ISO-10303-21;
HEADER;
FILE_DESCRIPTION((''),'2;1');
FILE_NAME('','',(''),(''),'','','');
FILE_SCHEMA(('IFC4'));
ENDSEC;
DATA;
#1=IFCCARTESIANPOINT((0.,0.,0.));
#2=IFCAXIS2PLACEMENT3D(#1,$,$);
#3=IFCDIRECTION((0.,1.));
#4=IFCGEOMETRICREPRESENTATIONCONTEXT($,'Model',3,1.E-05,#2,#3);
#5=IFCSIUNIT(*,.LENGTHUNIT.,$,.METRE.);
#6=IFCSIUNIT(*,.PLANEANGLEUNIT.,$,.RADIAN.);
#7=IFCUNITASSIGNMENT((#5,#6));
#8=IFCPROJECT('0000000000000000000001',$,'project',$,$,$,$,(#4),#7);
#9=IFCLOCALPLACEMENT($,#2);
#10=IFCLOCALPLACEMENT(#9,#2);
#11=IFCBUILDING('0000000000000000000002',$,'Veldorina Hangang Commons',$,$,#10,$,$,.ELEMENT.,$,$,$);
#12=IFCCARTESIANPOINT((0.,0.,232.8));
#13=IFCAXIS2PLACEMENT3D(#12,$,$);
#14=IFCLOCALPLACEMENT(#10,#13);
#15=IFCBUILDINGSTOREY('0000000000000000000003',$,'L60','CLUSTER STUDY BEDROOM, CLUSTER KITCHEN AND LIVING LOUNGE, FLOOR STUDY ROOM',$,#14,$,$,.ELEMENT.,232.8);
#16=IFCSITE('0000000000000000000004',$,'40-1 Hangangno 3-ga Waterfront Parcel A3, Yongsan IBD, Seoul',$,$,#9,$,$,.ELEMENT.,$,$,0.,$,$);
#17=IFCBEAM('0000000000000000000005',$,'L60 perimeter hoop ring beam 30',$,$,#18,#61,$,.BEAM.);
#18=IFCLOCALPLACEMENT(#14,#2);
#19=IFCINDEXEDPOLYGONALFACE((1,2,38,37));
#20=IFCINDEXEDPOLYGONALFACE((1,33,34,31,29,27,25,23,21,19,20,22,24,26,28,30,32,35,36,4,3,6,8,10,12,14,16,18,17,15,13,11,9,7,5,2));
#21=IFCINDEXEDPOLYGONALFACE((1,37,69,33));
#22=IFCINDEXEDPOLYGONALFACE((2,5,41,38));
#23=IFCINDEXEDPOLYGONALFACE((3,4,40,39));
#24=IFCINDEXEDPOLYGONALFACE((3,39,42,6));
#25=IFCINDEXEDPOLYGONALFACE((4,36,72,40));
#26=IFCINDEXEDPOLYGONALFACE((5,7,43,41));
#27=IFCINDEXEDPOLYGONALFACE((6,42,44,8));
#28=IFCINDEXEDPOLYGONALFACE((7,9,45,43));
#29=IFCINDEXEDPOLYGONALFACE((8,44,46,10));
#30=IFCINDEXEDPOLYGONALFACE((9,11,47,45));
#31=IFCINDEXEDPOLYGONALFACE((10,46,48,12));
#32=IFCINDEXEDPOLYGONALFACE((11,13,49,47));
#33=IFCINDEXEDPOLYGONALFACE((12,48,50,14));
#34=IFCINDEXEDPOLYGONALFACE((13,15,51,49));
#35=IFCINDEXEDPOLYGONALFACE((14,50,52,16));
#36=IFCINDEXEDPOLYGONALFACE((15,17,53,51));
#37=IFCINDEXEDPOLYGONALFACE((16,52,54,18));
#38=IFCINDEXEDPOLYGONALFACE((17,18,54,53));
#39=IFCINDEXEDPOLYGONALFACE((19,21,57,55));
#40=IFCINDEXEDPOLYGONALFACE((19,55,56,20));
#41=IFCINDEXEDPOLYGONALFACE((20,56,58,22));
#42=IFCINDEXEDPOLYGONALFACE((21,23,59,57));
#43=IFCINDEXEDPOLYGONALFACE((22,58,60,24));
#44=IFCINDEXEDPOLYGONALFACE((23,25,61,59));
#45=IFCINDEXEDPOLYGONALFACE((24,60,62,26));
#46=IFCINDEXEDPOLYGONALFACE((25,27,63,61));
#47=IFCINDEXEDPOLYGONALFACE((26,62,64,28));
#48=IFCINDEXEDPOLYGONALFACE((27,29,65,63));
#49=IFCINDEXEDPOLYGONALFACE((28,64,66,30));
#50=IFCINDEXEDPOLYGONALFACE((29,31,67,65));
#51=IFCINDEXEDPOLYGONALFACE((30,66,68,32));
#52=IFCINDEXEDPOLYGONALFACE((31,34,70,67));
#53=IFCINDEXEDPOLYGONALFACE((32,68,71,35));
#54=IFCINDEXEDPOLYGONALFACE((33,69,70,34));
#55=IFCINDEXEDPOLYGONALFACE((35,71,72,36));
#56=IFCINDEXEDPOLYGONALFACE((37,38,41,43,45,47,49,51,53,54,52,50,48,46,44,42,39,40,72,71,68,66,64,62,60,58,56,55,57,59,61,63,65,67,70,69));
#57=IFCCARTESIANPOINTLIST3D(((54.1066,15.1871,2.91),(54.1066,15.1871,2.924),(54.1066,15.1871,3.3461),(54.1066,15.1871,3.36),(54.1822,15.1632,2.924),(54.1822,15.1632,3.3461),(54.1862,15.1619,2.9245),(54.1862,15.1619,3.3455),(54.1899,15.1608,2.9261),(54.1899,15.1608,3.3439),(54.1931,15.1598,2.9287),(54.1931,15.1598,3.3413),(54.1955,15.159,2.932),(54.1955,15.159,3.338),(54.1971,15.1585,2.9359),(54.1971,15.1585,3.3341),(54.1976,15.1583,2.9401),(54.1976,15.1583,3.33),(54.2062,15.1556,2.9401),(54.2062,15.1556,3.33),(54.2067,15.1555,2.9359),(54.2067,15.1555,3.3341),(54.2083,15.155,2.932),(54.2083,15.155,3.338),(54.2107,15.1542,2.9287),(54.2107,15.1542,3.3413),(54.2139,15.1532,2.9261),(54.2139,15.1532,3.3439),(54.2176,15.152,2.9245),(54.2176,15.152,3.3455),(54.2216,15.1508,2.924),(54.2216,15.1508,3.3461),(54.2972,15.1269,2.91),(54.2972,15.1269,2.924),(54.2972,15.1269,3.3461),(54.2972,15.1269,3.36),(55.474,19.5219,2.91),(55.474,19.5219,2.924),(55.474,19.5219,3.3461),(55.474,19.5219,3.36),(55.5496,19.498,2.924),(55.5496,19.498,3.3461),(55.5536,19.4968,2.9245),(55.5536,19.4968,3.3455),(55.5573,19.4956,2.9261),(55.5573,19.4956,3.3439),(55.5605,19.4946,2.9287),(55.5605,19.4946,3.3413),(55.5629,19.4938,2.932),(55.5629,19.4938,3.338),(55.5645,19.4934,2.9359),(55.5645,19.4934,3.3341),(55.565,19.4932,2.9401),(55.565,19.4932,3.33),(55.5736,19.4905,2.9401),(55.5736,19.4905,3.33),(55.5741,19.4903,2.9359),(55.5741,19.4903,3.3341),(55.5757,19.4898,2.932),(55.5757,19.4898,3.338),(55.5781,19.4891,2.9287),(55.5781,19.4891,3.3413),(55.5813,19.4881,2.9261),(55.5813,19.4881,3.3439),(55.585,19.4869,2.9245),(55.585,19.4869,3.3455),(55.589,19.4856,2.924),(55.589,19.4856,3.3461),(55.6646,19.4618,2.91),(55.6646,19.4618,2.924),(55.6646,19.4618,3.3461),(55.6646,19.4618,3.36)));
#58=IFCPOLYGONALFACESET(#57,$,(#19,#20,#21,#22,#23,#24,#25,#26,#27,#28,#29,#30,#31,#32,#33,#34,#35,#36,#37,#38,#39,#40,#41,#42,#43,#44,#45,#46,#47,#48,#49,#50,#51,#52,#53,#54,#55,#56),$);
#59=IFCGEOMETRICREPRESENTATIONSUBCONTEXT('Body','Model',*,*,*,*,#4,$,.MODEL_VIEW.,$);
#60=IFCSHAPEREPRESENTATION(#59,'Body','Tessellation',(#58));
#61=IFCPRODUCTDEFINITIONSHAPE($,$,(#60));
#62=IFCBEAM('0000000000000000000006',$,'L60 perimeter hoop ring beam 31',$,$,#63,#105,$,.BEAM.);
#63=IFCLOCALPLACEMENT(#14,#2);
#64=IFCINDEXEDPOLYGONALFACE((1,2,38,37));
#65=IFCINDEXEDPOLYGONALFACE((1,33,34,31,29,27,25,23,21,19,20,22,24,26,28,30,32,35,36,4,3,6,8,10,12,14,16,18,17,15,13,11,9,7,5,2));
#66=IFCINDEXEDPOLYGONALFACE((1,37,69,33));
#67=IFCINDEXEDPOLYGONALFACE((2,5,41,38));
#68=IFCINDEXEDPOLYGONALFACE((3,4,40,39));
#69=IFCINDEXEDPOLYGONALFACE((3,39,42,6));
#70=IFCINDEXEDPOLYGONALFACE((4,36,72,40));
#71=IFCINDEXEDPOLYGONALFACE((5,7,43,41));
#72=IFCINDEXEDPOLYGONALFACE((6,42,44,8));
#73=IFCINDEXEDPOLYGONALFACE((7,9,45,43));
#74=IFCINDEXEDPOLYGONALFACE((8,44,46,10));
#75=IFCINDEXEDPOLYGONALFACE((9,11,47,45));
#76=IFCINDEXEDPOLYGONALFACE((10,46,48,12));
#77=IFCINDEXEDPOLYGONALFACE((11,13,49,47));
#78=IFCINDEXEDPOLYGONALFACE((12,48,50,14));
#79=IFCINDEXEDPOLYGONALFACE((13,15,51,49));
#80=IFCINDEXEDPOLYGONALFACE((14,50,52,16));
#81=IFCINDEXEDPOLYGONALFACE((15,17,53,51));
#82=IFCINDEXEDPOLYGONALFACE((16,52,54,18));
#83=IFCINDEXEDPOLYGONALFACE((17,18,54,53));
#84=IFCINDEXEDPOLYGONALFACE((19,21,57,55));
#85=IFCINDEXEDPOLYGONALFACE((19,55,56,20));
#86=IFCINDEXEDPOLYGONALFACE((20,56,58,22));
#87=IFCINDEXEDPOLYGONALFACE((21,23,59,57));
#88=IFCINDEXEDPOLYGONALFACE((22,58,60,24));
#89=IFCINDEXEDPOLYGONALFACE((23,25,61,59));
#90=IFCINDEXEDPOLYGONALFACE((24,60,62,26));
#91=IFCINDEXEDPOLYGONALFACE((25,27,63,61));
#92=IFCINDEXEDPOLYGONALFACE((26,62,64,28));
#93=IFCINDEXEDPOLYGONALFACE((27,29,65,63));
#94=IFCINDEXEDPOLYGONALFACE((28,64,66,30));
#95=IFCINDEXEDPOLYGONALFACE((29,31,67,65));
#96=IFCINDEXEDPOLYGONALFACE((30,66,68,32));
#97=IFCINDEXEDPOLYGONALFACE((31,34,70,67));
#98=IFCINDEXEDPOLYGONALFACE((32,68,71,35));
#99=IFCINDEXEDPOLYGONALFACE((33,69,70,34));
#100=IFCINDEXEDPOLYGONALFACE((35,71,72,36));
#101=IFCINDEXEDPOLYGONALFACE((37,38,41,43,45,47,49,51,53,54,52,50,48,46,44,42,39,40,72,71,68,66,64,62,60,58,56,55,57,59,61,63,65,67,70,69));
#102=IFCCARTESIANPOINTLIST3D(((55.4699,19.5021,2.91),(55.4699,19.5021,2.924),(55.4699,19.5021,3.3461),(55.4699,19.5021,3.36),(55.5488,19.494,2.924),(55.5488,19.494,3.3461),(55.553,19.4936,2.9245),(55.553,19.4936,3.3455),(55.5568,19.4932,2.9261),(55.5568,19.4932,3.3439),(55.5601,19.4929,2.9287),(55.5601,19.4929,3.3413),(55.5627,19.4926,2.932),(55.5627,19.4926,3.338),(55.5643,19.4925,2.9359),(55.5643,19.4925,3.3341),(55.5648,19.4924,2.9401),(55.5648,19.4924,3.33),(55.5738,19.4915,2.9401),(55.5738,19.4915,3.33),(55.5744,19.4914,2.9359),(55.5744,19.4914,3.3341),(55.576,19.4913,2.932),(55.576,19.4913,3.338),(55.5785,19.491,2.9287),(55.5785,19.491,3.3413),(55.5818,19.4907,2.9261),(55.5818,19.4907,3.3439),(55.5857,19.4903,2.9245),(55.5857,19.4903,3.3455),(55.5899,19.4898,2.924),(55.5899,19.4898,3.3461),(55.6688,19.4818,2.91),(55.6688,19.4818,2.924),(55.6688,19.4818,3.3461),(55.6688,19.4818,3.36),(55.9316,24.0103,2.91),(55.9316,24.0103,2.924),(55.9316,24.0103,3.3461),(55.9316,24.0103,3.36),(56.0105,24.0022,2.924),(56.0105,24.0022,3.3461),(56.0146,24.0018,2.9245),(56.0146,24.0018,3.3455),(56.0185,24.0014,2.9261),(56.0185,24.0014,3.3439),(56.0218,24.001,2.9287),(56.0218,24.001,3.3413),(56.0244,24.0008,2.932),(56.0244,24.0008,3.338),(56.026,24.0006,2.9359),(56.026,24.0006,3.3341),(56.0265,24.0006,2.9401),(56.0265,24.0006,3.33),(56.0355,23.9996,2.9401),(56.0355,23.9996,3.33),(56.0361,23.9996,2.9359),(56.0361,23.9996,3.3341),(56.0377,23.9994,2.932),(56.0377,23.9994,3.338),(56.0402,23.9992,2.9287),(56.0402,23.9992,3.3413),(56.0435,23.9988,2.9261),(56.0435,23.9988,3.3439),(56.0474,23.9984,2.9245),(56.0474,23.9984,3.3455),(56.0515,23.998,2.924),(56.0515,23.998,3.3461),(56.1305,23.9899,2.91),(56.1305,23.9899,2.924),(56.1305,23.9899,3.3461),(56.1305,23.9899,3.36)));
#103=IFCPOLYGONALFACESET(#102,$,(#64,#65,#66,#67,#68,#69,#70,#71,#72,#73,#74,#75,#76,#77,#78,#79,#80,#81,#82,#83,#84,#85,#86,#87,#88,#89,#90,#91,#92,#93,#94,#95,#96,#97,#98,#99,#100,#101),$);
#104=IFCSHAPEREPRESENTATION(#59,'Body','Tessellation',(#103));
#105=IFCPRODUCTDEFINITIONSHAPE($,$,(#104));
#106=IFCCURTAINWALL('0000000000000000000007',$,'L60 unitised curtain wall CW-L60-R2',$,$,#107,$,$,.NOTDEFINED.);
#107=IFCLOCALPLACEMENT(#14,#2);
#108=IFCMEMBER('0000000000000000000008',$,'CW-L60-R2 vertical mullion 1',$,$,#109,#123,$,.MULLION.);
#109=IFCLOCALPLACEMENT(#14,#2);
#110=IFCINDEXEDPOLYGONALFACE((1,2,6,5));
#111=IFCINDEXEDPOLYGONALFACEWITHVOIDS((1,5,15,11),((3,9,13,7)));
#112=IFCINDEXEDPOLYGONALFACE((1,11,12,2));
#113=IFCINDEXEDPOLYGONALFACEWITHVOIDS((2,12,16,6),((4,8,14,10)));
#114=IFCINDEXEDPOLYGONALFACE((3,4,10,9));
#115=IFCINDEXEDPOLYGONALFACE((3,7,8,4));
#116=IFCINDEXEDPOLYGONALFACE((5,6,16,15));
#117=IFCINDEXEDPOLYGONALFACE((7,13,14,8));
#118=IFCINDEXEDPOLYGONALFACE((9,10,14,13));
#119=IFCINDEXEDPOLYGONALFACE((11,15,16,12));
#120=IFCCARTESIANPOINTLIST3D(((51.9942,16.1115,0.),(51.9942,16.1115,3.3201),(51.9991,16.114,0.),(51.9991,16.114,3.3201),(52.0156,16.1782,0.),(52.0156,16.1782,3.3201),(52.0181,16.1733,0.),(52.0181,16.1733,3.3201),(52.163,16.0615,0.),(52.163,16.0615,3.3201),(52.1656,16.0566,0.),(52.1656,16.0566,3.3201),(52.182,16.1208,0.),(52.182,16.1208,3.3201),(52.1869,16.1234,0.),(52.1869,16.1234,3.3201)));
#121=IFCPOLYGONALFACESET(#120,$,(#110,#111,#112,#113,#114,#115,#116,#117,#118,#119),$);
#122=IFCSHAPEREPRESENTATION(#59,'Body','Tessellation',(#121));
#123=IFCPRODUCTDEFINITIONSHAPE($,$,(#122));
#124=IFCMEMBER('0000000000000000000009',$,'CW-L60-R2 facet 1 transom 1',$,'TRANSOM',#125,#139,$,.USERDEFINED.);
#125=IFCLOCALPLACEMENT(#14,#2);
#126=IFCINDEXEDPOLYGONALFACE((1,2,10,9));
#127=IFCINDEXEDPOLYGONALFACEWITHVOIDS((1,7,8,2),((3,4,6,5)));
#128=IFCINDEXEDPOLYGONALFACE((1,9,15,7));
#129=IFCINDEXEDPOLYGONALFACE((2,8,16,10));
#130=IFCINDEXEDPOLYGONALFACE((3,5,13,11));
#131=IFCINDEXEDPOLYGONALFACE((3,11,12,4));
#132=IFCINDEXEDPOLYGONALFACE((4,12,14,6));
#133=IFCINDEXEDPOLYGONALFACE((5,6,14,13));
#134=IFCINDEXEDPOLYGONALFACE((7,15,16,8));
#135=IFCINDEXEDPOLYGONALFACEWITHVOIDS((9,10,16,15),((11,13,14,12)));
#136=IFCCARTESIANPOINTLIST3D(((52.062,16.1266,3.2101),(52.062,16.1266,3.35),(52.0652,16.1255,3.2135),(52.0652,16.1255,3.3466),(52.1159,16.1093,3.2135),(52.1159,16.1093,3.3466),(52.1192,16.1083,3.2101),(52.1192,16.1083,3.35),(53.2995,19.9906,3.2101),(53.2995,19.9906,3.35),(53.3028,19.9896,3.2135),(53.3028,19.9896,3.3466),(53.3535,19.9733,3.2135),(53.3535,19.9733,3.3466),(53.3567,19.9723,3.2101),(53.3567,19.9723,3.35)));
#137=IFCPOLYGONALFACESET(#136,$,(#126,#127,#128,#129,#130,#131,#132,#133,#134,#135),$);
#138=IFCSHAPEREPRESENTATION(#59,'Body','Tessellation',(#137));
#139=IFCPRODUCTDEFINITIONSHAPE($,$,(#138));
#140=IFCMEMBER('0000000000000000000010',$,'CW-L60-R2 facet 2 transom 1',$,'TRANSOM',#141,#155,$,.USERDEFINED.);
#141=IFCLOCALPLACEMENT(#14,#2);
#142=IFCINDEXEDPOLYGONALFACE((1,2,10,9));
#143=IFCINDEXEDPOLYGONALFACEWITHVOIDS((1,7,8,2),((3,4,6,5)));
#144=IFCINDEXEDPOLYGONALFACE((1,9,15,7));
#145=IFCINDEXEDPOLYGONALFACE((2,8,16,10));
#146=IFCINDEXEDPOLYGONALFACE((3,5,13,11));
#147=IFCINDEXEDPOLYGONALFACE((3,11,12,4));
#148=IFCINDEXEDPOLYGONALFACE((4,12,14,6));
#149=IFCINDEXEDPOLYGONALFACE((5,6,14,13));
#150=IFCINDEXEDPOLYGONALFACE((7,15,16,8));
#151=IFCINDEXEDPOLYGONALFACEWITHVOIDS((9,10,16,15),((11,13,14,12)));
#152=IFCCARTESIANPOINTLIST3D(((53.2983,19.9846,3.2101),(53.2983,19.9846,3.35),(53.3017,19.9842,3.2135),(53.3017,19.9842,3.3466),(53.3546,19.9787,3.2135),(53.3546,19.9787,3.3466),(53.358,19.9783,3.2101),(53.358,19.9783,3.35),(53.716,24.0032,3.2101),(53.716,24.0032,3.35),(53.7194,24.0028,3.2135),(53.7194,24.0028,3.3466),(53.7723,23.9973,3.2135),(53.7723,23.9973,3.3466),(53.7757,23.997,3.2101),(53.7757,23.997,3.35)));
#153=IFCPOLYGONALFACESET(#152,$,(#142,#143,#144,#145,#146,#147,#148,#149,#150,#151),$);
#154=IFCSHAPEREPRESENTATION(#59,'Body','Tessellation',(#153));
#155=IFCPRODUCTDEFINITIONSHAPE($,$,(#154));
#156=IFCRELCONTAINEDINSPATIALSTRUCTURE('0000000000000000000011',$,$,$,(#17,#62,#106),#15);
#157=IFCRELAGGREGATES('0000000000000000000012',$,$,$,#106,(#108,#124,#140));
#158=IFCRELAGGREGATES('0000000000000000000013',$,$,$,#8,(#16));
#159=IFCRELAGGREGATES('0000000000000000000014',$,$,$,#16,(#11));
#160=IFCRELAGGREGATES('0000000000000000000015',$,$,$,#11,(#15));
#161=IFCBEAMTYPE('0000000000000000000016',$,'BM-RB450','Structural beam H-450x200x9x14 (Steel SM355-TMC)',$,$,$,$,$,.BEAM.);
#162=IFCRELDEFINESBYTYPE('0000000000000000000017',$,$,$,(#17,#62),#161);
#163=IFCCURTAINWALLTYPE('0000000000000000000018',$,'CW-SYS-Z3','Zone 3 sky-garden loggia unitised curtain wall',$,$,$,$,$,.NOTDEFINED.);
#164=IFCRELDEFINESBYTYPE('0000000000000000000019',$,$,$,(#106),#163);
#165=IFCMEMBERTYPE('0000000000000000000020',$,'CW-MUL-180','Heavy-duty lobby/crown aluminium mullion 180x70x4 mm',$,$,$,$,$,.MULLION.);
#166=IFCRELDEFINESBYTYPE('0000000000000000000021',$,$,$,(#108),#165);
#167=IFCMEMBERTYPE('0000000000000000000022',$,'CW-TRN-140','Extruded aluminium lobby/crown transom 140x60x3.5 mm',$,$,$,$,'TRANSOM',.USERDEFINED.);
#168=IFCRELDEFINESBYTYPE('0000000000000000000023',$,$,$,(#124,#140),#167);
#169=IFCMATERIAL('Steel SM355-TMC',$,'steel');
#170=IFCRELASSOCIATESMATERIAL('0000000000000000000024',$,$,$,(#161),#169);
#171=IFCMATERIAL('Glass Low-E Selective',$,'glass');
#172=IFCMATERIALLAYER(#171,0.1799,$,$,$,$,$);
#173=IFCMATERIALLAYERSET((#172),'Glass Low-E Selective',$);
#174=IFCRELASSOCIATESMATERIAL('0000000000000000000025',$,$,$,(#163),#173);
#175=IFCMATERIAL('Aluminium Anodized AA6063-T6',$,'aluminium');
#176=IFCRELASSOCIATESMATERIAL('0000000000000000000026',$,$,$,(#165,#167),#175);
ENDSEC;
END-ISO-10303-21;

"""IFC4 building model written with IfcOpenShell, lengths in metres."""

from ifc_helpers import new_model, si_unit, direction, frame, origin, origin_2d, place, context, subcontext, project, spatial, hollow_rectangle, i_section, extrude, material, layer, layer_set, material_profile, profile_set, type_object, element, aggregate, save


model = new_model("IFC4")

# Units and contexts
model_context = context("Model", 3, precision=1e-05, world=origin(), true_north=direction((0.0, 1.0)))
body_context = subcontext(model_context, "Body", "Model", "MODEL_VIEW")
ifc_project = project(units=[si_unit("LENGTHUNIT", "METRE"), si_unit("PLANEANGLEUNIT", "RADIAN")], contexts=[model_context])

# Site, building, storey
site_placement = place(None, origin())
site = spatial("IfcSite", under=ifc_project, at=site_placement, Name="40-1 Hangangno 3-ga Waterfront Parcel A3, Yongsan IBD, Seoul", CompositionType="ELEMENT", RefElevation=0.0)
building_placement = place(site_placement, origin())
building = spatial("IfcBuilding", under=site, at=building_placement, Name="Veldorina Hangang Commons", CompositionType="ELEMENT")
storey_placement = place(building_placement, frame((0.0, 0.0, 232.8)))
storey = spatial("IfcBuildingStorey", under=building, at=storey_placement, Name="L60", Description="CLUSTER STUDY BEDROOM, CLUSTER KITCHEN AND LIVING LOUNGE, FLOOR STUDY ROOM", CompositionType="ELEMENT", Elevation=232.8)

# Beams
ifc_material_1 = material(Name="Steel SM355-TMC", Category="steel")
ifc_material_profile_1 = material_profile(ifc_material_1, i_section(OverallWidth=0.2, OverallDepth=0.45, WebThickness=0.009, FlangeThickness=0.0139, FilletRadius=0.0161, at=origin_2d()), Name="H-450x200x9x14")
ifc_profile_set_1 = profile_set([ifc_material_profile_1], Name="Steel SM355-TMC")
beam_type = type_object("IfcBeamType", Name="BM-RB450", Description="Structural beam H-450x200x9x14 (Steel SM355-TMC)", PredefinedType="BEAM", material=ifc_profile_set_1)
beam_1_placement = place(storey_placement, frame((54.2019, 15.157, 3.135), z_axis=(0.300831, 0.953678, 0.0), x_axis=(-0.953678, 0.300831, 0.0)))
element("IfcBeam", 1, at=beam_1_placement, inside=storey, type_object=beam_type, Name="L60 perimeter hoop ring beam 30", PredefinedType="BEAM", context=body_context, shape_type="SweptSolid", body=[
    extrude(i_section(OverallWidth=0.2, OverallDepth=0.45, WebThickness=0.009, FlangeThickness=0.0139, FilletRadius=0.0161, at=origin_2d()), origin(), (0.0, 0.0, 1.0), 4.5454),
])
beam_2_placement = place(storey_placement, frame((55.5693, 19.4919, 3.135), z_axis=(0.101877, 0.994797, 0.0), x_axis=(-0.994797, 0.101877, 0.0)))
element("IfcBeam", 2, at=beam_2_placement, inside=storey, type_object=beam_type, Name="L60 perimeter hoop ring beam 31", PredefinedType="BEAM", context=body_context, shape_type="SweptSolid", body=[
    extrude(i_section(OverallWidth=0.2, OverallDepth=0.45, WebThickness=0.009, FlangeThickness=0.0139, FilletRadius=0.0161, at=origin_2d()), origin(), (0.0, 0.0, 1.0), 4.5317),
])

# Curtain wall, members
ifc_material_2 = material(Name="Glass Low-E Selective", Category="glass")
ifc_layer_1 = layer(ifc_material_2, 0.1799)
ifc_layer_set_1 = layer_set([ifc_layer_1], Name="Glass Low-E Selective")
curtain_wall_type = type_object("IfcCurtainWallType", Name="CW-SYS-Z3", Description="Zone 3 sky-garden loggia unitised curtain wall", PredefinedType="NOTDEFINED", material=ifc_layer_set_1)
curtain_wall_placement = place(storey_placement, origin())
curtain_wall = element("IfcCurtainWall", 3, at=curtain_wall_placement, inside=storey, type_object=curtain_wall_type, Name="L60 unitised curtain wall CW-L60-R2", PredefinedType="NOTDEFINED")
ifc_material_3 = material(Name="Aluminium Anodized AA6063-T6", Category="aluminium")
ifc_material_profile_2 = material_profile(ifc_material_3, hollow_rectangle(XDim=0.0701, YDim=0.1799, WallThickness=0.0039, at=origin_2d()), Name="ALU-RHS-180x70x4")
ifc_profile_set_2 = profile_set([ifc_material_profile_2], Name="Aluminium Anodized AA6063-T6")
member_type_1 = type_object("IfcMemberType", Name="CW-MUL-180", Description="Heavy-duty lobby/crown aluminium mullion 180x70x4 mm", PredefinedType="MULLION", material=ifc_profile_set_2)
member_1_placement = place(storey_placement, frame((52.0906, 16.1174, 0.0), z_axis=(0.0, 0.0, 1.0), x_axis=(0.304997, 0.952353, 0.0)))
member_1 = element("IfcMember", 4, at=member_1_placement, type_object=member_type_1, Name="CW-L60-R2 vertical mullion 1", PredefinedType="MULLION", context=body_context, shape_type="SweptSolid", body=[
    extrude(hollow_rectangle(XDim=0.0701, YDim=0.1799, WallThickness=0.0039, at=origin_2d()), origin(), (0.0, 0.0, 1.0), 3.3201),
])
ifc_material_profile_3 = material_profile(ifc_material_3, hollow_rectangle(XDim=0.0601, YDim=0.1399, WallThickness=0.0034, at=origin_2d()), Name="ALU-RHS-140x60x3.5")
ifc_profile_set_3 = profile_set([ifc_material_profile_3], Name="Aluminium Anodized AA6063-T6")
member_type_2 = type_object("IfcMemberType", Name="CW-TRN-140", Description="Extruded aluminium lobby/crown transom 140x60x3.5 mm", ElementType="TRANSOM", PredefinedType="USERDEFINED", material=ifc_profile_set_3)
member_2_placement = place(storey_placement, frame((52.0906, 16.1174, 3.28), z_axis=(0.305014, 0.952348, 0.0), x_axis=(-0.952348, 0.305014, 0.0)))
member_2 = element("IfcMember", 5, at=member_2_placement, type_object=member_type_2, Name="CW-L60-R2 facet 1 transom 1", ObjectType="TRANSOM", PredefinedType="USERDEFINED", context=body_context, shape_type="SweptSolid", body=[
    extrude(hollow_rectangle(XDim=0.0601, YDim=0.1399, WallThickness=0.0034, at=origin_2d()), origin(), (0.0, 0.0, 1.0), 4.0574),
])
member_3_placement = place(storey_placement, frame((53.3281, 19.9814, 3.28), z_axis=(0.103392, 0.994641, 0.0), x_axis=(-0.994641, 0.103392, 0.0)))
member_3 = element("IfcMember", 6, at=member_3_placement, type_object=member_type_2, Name="CW-L60-R2 facet 2 transom 1", ObjectType="TRANSOM", PredefinedType="USERDEFINED", context=body_context, shape_type="SweptSolid", body=[
    extrude(hollow_rectangle(XDim=0.0601, YDim=0.1399, WallThickness=0.0034, at=origin_2d()), origin(), (0.0, 0.0, 1.0), 4.0403),
])

aggregate(curtain_wall, [member_1, member_2, member_3])

save(model, "model.ifc")
